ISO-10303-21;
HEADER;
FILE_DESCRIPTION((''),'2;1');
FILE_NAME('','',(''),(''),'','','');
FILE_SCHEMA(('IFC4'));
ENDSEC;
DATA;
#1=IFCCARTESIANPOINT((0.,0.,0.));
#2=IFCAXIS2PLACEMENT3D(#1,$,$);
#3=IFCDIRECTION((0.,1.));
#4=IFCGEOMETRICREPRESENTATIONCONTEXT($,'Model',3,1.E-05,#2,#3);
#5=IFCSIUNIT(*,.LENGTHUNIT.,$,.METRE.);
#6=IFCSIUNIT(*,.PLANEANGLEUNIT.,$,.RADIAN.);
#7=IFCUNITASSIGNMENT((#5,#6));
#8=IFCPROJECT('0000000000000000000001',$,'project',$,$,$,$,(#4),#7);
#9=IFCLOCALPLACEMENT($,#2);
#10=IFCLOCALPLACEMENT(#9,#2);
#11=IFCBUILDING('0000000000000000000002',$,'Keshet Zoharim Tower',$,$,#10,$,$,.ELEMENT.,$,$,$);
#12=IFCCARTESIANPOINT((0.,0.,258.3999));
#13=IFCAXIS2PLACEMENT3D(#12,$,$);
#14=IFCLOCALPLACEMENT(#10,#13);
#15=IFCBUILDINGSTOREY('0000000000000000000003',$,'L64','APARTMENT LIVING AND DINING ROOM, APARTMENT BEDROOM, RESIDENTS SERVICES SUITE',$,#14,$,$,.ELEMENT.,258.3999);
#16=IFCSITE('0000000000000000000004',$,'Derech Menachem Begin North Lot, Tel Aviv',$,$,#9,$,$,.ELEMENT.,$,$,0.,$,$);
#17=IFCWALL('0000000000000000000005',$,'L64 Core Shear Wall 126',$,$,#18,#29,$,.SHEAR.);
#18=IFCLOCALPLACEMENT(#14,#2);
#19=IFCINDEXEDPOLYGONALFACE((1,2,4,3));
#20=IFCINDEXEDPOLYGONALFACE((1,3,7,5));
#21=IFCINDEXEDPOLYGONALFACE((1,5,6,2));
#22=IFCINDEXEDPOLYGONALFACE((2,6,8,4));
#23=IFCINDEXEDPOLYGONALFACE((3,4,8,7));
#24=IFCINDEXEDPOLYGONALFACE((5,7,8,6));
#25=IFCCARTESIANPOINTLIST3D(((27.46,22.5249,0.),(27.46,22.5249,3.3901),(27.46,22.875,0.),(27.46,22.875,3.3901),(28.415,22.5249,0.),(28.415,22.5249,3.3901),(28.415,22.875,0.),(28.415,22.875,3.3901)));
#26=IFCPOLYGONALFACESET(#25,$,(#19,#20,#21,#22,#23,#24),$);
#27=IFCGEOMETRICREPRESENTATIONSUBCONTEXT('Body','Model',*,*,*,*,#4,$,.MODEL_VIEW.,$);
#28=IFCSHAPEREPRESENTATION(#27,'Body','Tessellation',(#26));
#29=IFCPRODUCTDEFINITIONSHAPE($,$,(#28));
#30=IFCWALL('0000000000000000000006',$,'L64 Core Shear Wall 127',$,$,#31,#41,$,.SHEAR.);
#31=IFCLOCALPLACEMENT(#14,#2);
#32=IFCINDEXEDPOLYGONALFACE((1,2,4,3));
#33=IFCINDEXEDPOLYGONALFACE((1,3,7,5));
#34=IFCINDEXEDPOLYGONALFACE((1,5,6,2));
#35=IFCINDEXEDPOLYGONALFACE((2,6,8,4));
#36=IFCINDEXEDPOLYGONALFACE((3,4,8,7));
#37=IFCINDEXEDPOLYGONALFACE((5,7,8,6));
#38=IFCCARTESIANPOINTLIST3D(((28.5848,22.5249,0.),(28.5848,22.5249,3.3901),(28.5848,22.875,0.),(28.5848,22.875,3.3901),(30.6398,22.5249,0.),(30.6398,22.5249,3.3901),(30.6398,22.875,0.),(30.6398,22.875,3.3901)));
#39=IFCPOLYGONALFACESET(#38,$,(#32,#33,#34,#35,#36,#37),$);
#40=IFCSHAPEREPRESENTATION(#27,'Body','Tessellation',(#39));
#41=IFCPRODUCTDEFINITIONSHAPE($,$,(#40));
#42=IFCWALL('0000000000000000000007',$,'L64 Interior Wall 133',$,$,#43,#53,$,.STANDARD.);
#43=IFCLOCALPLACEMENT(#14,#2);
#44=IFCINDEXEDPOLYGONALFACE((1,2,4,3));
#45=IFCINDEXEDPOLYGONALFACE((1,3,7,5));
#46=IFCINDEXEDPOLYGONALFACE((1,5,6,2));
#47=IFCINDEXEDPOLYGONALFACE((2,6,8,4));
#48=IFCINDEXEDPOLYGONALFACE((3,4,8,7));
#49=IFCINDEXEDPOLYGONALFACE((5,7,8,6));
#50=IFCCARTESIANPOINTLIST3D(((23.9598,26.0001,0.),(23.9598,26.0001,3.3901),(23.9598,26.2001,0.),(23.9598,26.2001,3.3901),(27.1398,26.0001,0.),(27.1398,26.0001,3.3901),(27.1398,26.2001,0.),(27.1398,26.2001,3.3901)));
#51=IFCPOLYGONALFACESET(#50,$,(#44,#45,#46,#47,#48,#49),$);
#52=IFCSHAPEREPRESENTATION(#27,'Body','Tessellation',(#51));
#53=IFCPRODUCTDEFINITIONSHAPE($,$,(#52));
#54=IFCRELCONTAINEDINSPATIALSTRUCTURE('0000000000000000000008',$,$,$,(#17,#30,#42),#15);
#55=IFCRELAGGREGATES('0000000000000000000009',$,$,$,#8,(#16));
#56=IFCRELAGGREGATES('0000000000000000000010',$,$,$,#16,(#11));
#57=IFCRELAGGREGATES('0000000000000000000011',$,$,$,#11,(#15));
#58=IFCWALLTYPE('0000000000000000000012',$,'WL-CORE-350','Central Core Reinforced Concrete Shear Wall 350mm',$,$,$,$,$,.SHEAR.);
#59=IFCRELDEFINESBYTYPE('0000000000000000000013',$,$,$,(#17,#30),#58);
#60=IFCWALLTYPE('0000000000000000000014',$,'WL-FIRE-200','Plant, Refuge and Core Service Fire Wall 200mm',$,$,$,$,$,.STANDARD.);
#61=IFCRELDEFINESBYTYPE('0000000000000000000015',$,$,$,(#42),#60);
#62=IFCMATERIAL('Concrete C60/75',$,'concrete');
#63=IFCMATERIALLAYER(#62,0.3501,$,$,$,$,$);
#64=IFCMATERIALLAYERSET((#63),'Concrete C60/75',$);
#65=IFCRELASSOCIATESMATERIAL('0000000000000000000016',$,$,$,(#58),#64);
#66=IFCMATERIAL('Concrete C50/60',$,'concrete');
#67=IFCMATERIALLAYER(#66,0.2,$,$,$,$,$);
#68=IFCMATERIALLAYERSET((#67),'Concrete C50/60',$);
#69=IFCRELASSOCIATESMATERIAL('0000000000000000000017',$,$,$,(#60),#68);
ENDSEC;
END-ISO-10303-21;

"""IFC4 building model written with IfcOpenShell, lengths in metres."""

from ifc_helpers import new_model, si_unit, direction, frame, frame_2d, origin, place, context, subcontext, project, spatial, rectangle, extrude, material, layer, layer_set, type_object, element, save


model = new_model("IFC4")

# Units and contexts
model_context = context("Model", 3, precision=1e-05, world=origin(), true_north=direction((0.0, 1.0)))
body_context = subcontext(model_context, "Body", "Model", "MODEL_VIEW")
ifc_project = project(units=[si_unit("LENGTHUNIT", "METRE"), si_unit("PLANEANGLEUNIT", "RADIAN")], contexts=[model_context])

# Site, building, storey
site_placement = place(None, origin())
site = spatial("IfcSite", under=ifc_project, at=site_placement, Name="Derech Menachem Begin North Lot, Tel Aviv", CompositionType="ELEMENT", RefElevation=0.0)
building_placement = place(site_placement, origin())
building = spatial("IfcBuilding", under=site, at=building_placement, Name="Keshet Zoharim Tower", CompositionType="ELEMENT")
storey_placement = place(building_placement, frame((0.0, 0.0, 258.3999)))
storey = spatial("IfcBuildingStorey", under=building, at=storey_placement, Name="L64", Description="APARTMENT LIVING AND DINING ROOM, APARTMENT BEDROOM, RESIDENTS SERVICES SUITE", CompositionType="ELEMENT", Elevation=258.3999)

# Shared definitions
ifc_material_1 = material(Name="Concrete C60/75", Category="concrete")
ifc_layer_1 = layer(ifc_material_1, 0.3501)
ifc_layer_set_1 = layer_set([ifc_layer_1], Name="Concrete C60/75")
wall_type_1 = type_object("IfcWallType", Name="WL-CORE-350", Description="Central Core Reinforced Concrete Shear Wall 350mm", PredefinedType="SHEAR", material=ifc_layer_set_1)

# Walls
wall_1_placement = place(storey_placement, frame((27.46, 22.7, 0.0), z_axis=(0.0, 0.0, 1.0), x_axis=(1.0, 0.0, 0.0)))
element("IfcWall", 1, at=wall_1_placement, inside=storey, type_object=wall_type_1, Name="L64 Core Shear Wall 126", PredefinedType="SHEAR", context=body_context, shape_type="SweptSolid", body=[
    extrude(rectangle(XDim=0.9551, YDim=0.3501, at=frame_2d((0.4775, 0.0))), origin(), (0.0, 0.0, 1.0), 3.3901),
])
wall_2_placement = place(storey_placement, frame((28.585, 22.7, 0.0), z_axis=(0.0, 0.0, 1.0), x_axis=(1.0, 0.0, 0.0)))
element("IfcWall", 2, at=wall_2_placement, inside=storey, type_object=wall_type_1, Name="L64 Core Shear Wall 127", PredefinedType="SHEAR", context=body_context, shape_type="SweptSolid", body=[
    extrude(rectangle(XDim=2.0549, YDim=0.3501, at=frame_2d((1.0273, 0.0))), origin(), (0.0, 0.0, 1.0), 3.3901),
])

# Wall
ifc_material_2 = material(Name="Concrete C50/60", Category="concrete")
ifc_layer_2 = layer(ifc_material_2, 0.2)
ifc_layer_set_2 = layer_set([ifc_layer_2], Name="Concrete C50/60")
wall_type_2 = type_object("IfcWallType", Name="WL-FIRE-200", Description="Plant, Refuge and Core Service Fire Wall 200mm", PredefinedType="STANDARD", material=ifc_layer_set_2)
wall_3_placement = place(storey_placement, frame((23.96, 26.1001, 0.0), z_axis=(0.0, 0.0, 1.0), x_axis=(1.0, 0.0, 0.0)))
element("IfcWall", 3, at=wall_3_placement, inside=storey, type_object=wall_type_2, Name="L64 Interior Wall 133", PredefinedType="STANDARD", context=body_context, shape_type="SweptSolid", body=[
    extrude(rectangle(XDim=3.1799, YDim=0.2, at=frame_2d((1.5898, 0.0))), origin(), (0.0, 0.0, 1.0), 3.3901),
])

save(model, "model.ifc")
